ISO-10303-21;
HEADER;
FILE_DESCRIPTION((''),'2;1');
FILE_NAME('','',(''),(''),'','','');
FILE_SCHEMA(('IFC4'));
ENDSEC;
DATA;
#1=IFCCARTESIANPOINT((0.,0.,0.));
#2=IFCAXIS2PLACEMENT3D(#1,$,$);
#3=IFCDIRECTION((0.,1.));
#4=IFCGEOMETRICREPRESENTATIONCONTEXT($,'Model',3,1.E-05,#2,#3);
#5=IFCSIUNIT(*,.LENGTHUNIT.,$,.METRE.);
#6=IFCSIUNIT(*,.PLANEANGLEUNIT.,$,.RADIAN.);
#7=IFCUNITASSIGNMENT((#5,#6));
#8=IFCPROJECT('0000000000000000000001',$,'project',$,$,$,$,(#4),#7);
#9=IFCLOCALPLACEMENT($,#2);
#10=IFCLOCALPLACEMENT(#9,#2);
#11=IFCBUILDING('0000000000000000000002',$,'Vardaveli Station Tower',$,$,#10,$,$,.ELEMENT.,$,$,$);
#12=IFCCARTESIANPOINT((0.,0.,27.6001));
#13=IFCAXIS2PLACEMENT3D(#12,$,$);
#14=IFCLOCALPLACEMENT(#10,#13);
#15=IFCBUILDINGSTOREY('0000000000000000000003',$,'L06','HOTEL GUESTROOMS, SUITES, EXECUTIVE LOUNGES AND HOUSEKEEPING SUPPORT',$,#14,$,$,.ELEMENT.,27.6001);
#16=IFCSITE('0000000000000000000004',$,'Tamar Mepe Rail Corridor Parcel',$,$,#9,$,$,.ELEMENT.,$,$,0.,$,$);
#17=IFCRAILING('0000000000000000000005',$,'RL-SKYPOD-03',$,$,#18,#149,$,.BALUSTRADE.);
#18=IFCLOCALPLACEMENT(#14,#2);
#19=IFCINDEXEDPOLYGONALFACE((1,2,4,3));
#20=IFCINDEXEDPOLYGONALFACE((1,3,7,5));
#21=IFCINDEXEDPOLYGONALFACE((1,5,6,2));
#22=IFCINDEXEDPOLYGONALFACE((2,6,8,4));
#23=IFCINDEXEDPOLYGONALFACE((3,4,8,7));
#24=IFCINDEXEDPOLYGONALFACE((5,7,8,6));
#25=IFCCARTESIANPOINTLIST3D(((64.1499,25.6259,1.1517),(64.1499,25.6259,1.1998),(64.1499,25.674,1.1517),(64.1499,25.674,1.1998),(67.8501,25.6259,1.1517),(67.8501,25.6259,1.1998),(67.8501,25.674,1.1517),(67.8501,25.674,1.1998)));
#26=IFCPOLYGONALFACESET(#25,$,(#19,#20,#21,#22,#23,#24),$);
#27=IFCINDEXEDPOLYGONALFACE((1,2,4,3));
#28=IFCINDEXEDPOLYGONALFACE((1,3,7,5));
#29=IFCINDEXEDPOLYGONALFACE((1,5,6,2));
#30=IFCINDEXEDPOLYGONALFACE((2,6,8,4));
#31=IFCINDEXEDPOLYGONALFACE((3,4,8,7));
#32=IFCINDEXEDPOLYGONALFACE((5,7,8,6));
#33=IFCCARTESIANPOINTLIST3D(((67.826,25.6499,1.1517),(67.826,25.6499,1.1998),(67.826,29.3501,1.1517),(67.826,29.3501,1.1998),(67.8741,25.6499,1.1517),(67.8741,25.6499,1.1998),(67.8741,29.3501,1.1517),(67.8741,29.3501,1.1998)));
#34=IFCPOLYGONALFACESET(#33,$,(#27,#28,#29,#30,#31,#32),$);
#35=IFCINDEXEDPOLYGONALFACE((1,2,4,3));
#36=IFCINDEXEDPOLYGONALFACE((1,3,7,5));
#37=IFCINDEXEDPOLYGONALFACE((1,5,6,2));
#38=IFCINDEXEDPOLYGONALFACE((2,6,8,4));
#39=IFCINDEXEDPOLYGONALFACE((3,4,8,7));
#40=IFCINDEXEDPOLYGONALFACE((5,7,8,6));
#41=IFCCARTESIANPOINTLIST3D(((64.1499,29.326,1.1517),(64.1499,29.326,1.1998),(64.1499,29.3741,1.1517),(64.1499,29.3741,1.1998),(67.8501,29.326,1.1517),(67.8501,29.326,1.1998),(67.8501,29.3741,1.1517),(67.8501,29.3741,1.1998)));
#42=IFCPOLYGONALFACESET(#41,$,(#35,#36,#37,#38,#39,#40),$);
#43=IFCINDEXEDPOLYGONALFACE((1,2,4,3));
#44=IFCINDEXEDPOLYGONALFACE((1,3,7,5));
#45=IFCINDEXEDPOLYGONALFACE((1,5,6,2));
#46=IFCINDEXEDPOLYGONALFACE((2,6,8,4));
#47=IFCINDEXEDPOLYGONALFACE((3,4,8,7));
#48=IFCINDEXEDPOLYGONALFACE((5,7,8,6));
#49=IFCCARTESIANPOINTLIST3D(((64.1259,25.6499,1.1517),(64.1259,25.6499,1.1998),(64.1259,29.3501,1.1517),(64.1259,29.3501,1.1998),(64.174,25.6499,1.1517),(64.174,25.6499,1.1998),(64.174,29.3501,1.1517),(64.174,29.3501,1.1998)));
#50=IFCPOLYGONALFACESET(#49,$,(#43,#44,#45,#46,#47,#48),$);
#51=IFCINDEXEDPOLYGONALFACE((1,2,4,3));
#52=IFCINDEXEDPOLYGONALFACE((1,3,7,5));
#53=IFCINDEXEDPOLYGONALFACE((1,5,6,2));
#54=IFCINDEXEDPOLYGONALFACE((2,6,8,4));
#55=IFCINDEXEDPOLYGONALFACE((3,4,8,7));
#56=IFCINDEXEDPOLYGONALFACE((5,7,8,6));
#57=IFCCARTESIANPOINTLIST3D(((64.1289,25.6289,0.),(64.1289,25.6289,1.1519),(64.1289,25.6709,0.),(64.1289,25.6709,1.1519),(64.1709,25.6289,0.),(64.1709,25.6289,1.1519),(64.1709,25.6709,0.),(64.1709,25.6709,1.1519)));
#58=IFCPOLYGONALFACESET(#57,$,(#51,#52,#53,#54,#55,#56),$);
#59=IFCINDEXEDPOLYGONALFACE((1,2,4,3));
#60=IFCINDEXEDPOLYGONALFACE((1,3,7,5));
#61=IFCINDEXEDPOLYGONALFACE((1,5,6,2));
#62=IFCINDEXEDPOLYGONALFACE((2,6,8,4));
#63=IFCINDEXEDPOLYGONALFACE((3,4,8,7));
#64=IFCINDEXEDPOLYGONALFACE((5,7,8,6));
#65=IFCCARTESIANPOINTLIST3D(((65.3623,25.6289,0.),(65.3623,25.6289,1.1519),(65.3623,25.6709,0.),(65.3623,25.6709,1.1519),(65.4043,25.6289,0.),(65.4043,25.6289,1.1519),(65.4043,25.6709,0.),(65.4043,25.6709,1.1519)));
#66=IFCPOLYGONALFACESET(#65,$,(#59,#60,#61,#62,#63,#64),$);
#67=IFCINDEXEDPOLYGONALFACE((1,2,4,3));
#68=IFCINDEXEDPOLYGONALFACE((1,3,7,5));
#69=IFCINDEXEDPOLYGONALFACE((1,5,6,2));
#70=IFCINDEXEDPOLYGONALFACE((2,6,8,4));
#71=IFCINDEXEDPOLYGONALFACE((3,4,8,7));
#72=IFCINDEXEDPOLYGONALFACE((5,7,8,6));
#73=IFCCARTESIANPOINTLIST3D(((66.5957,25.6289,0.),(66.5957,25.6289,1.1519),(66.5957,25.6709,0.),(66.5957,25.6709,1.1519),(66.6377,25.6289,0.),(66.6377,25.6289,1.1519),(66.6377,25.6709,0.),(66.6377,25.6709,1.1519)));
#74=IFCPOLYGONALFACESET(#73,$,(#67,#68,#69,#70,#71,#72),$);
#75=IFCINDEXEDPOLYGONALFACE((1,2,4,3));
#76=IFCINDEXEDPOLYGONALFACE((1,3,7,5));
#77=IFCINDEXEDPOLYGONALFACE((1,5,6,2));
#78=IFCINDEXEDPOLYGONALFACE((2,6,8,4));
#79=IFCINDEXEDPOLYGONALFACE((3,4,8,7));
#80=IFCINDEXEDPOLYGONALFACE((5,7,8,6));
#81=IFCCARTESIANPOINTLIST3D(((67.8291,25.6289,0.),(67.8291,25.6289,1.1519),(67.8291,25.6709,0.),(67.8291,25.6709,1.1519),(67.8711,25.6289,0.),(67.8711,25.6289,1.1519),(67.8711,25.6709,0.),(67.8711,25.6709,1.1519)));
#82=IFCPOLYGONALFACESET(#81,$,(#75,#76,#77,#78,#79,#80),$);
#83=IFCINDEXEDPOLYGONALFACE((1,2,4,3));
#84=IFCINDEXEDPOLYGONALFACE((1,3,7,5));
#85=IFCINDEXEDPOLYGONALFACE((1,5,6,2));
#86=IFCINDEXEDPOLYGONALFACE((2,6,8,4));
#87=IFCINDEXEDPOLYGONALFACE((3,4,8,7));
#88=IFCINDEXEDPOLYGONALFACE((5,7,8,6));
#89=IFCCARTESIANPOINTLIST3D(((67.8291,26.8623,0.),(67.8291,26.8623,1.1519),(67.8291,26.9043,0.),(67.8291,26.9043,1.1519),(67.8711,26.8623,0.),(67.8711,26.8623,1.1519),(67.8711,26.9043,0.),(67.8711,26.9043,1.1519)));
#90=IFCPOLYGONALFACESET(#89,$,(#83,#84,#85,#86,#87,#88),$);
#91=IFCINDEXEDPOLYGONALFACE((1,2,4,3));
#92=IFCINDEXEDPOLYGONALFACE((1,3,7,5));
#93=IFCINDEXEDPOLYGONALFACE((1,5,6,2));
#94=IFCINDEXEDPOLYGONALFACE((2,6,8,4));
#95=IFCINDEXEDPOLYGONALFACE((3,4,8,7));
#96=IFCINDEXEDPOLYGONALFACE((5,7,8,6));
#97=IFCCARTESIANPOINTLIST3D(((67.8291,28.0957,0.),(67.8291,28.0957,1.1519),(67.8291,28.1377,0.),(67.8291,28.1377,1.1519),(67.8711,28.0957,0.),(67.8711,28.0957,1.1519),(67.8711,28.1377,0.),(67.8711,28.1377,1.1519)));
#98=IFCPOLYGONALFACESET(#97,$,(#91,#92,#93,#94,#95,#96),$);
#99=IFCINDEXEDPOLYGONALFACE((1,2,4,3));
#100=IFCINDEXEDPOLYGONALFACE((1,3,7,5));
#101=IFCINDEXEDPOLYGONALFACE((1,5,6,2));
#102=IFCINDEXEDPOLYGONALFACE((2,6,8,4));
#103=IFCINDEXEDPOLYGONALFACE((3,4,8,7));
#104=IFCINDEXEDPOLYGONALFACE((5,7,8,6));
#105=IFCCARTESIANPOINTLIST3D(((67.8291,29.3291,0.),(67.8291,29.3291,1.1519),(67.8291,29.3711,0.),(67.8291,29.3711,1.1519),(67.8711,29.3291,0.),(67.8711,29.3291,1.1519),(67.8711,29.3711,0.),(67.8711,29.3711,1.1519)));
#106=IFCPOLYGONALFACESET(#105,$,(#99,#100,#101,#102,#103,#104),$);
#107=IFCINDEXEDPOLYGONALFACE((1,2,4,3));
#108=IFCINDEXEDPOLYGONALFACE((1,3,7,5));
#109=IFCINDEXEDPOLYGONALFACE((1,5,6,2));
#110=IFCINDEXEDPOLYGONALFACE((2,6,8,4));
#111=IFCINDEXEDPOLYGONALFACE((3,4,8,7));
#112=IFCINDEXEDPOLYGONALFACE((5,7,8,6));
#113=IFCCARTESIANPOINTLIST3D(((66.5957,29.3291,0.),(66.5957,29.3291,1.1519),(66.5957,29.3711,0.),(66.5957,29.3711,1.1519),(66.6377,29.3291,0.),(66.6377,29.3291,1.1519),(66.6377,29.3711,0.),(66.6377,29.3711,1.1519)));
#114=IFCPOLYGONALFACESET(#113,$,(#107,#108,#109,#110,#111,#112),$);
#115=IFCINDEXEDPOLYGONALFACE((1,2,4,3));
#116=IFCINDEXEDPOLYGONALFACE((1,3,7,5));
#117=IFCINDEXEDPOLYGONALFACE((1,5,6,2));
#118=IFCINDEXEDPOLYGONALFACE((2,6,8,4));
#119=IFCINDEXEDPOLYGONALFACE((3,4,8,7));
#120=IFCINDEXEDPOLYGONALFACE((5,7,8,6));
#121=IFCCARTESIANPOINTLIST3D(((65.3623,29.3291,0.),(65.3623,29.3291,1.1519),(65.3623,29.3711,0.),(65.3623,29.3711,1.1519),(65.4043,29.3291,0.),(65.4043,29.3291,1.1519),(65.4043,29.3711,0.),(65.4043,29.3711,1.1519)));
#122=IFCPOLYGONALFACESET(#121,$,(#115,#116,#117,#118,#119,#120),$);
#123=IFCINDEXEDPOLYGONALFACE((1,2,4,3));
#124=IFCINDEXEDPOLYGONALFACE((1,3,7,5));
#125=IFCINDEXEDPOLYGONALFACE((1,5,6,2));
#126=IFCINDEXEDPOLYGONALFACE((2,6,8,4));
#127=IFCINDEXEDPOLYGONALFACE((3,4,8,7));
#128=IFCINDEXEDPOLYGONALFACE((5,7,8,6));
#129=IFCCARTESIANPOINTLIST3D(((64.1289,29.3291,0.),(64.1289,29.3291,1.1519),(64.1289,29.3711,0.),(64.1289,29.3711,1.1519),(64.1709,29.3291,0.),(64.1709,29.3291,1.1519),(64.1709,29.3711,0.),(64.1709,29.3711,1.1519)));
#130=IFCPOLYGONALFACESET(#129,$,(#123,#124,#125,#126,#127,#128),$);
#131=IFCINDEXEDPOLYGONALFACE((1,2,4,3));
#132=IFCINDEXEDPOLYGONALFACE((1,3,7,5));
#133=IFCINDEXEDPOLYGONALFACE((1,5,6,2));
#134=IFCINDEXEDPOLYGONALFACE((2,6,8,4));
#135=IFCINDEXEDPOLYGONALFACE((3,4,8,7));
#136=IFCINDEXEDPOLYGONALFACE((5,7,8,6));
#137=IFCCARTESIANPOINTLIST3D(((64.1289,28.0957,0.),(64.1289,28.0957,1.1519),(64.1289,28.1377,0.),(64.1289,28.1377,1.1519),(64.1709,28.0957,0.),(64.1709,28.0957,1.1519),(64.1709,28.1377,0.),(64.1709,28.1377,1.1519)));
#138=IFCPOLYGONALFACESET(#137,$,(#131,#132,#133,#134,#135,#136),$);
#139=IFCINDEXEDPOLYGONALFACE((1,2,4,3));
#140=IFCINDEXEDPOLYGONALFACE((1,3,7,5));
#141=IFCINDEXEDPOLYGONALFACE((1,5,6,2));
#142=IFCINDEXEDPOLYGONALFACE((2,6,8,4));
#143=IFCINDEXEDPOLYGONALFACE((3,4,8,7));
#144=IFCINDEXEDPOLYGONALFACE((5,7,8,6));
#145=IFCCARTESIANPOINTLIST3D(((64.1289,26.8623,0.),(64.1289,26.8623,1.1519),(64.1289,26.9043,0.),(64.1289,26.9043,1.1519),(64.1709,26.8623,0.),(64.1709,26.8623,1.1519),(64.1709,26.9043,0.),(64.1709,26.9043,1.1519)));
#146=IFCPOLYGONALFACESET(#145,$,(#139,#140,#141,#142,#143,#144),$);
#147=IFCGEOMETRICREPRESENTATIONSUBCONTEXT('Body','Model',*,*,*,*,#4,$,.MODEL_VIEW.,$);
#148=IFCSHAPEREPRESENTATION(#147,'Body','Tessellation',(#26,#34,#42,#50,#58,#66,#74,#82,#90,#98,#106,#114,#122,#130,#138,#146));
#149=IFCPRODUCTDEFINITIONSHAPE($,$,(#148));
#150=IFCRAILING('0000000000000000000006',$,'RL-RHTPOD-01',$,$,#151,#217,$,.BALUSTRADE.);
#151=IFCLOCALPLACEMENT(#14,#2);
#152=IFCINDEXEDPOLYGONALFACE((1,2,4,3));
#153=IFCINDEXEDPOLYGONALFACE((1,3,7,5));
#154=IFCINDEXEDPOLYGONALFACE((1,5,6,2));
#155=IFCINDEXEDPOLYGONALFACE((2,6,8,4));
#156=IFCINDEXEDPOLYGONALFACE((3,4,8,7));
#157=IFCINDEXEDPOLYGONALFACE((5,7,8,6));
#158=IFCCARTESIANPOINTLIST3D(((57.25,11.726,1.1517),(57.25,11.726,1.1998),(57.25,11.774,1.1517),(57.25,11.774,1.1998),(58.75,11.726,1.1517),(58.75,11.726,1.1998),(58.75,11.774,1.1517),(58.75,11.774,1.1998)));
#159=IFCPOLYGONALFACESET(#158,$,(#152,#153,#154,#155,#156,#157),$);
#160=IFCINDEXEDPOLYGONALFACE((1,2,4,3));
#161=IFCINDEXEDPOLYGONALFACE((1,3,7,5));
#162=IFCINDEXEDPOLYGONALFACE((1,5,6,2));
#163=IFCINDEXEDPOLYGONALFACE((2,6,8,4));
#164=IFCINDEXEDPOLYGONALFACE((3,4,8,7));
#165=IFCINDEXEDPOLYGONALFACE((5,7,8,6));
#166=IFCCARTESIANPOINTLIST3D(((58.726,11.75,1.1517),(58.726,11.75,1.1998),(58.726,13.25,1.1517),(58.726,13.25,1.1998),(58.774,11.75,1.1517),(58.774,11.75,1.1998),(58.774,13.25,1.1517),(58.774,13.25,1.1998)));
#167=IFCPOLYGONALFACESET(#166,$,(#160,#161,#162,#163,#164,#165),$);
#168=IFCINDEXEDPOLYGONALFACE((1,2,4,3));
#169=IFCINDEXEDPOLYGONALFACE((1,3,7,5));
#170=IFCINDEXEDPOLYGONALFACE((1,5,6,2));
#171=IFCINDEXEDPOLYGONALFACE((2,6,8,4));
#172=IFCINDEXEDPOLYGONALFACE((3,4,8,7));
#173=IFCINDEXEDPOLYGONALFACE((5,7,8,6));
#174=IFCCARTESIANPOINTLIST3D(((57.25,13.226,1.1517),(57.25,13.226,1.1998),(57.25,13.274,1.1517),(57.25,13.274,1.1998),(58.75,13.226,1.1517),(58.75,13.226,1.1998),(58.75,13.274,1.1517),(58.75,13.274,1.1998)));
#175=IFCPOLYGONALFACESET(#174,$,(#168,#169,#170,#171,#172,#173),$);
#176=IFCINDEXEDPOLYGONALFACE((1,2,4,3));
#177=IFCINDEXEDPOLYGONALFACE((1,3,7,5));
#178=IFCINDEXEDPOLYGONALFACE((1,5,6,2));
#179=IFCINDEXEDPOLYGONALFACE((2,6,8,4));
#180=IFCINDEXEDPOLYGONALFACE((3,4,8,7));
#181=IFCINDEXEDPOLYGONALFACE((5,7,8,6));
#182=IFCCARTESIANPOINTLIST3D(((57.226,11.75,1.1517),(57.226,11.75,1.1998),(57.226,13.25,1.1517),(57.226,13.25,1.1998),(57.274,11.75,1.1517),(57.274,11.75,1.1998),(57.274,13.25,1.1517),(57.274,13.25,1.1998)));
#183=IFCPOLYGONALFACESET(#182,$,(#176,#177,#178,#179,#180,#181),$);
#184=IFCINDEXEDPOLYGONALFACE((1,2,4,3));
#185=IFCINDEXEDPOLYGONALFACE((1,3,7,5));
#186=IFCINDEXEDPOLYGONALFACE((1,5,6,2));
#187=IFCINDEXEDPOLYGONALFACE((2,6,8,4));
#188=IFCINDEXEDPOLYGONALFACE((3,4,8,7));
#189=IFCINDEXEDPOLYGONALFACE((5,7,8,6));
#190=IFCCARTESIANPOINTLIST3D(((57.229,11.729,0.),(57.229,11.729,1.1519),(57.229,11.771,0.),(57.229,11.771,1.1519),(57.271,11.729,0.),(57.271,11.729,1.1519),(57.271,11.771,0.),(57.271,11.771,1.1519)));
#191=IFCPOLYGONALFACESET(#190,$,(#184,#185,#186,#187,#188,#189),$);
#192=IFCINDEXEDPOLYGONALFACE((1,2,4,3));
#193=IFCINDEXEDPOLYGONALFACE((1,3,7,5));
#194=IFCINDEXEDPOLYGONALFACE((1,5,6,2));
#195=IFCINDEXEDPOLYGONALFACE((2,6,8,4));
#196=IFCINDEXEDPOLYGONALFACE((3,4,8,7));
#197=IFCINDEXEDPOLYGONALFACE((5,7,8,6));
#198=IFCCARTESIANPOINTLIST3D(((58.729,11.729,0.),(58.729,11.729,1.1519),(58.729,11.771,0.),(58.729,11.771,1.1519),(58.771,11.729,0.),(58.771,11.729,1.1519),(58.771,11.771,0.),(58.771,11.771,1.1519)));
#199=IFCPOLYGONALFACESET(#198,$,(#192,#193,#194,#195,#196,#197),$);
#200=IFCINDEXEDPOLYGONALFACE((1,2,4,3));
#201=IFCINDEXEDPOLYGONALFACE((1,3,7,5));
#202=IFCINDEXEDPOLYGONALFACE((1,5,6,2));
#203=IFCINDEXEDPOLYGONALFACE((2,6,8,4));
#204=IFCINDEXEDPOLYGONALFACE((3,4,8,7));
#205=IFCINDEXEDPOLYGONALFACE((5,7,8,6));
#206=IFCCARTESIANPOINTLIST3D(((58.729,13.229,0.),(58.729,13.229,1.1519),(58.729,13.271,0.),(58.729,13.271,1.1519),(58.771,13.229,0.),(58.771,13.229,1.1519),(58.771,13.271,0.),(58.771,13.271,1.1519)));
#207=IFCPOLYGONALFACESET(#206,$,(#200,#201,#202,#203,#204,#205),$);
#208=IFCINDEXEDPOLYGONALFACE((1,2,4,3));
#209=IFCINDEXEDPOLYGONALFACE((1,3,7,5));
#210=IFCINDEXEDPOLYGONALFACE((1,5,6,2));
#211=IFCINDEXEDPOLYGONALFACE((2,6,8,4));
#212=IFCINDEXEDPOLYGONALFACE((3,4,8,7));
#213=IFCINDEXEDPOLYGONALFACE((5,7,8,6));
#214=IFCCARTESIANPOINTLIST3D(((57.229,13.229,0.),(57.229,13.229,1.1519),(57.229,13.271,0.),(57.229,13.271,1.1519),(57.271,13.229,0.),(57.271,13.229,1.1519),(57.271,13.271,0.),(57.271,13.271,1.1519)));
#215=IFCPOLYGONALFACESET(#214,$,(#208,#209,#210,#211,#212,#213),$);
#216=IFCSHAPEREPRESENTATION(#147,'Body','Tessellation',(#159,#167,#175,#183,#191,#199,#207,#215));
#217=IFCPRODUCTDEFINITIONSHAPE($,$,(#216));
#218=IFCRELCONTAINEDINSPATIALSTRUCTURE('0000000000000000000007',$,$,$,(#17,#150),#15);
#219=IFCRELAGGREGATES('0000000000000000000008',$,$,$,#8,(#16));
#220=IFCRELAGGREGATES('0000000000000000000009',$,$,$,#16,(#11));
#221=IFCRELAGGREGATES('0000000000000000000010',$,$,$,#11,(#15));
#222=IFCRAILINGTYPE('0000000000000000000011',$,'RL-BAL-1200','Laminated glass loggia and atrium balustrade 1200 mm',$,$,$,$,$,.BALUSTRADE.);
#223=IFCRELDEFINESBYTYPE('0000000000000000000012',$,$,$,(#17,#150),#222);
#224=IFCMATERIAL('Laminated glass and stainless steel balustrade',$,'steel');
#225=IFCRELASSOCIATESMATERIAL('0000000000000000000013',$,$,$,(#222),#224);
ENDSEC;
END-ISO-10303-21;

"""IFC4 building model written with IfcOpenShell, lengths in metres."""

from ifc_helpers import new_model, si_unit, direction, frame, origin, origin_2d, place, context, subcontext, project, spatial, rectangle, extrude, source, transform, mapped, material, type_object, element, save


model = new_model("IFC4")

# Units and contexts
model_context = context("Model", 3, precision=1e-05, world=origin(), true_north=direction((0.0, 1.0)))
body_context = subcontext(model_context, "Body", "Model", "MODEL_VIEW")
ifc_project = project(units=[si_unit("LENGTHUNIT", "METRE"), si_unit("PLANEANGLEUNIT", "RADIAN")], contexts=[model_context])

# Site, building, storey
site_placement = place(None, origin())
site = spatial("IfcSite", under=ifc_project, at=site_placement, Name="Tamar Mepe Rail Corridor Parcel", CompositionType="ELEMENT", RefElevation=0.0)
building_placement = place(site_placement, origin())
building = spatial("IfcBuilding", under=site, at=building_placement, Name="Vardaveli Station Tower", CompositionType="ELEMENT")
storey_placement = place(building_placement, frame((0.0, 0.0, 27.6001)))
storey = spatial("IfcBuildingStorey", under=building, at=storey_placement, Name="L06", Description="HOTEL GUESTROOMS, SUITES, EXECUTIVE LOUNGES AND HOUSEKEEPING SUPPORT", CompositionType="ELEMENT", Elevation=27.6001)

# Railings
ifc_material_1 = material(Name="Laminated glass and stainless steel balustrade", Category="steel")
railing_type = type_object("IfcRailingType", Name="RL-BAL-1200", Description="Laminated glass loggia and atrium balustrade 1200 mm", PredefinedType="BALUSTRADE", material=ifc_material_1)
shared_shape_1 = source(origin(), body_context, "Body", "SweptSolid", [
    extrude(rectangle(XDim=0.0481, YDim=0.0481, at=origin_2d()), frame((0.0, 0.0, 1.1758), z_axis=(1.0, 0.0, 0.0), x_axis=(0.0, 1.0, 0.0)), (0.0, 0.0, 1.0), 3.7002),
    extrude(rectangle(XDim=0.0481, YDim=0.0481, at=origin_2d()), frame((3.7002, 0.0, 1.1758), z_axis=(0.0, 1.0, 0.0), x_axis=(-1.0, 0.0, 0.0)), (0.0, 0.0, 1.0), 3.7002),
    extrude(rectangle(XDim=0.0481, YDim=0.0481, at=origin_2d()), frame((3.7002, 3.7002, 1.1758), z_axis=(-1.0, 0.0, 0.0), x_axis=(0.0, -1.0, 0.0)), (0.0, 0.0, 1.0), 3.7002),
    extrude(rectangle(XDim=0.0481, YDim=0.0481, at=origin_2d()), frame((0.0, 3.7002, 1.1758), z_axis=(0.0, -1.0, 0.0), x_axis=(1.0, 0.0, 0.0)), (0.0, 0.0, 1.0), 3.7002),
    extrude(rectangle(XDim=0.042, YDim=0.042, at=origin_2d()), origin(), (0.0, 0.0, 1.0), 1.1519),
    extrude(rectangle(XDim=0.042, YDim=0.042, at=origin_2d()), frame((1.2334, 0.0, 0.0)), (0.0, 0.0, 1.0), 1.1519),
    extrude(rectangle(XDim=0.042, YDim=0.042, at=origin_2d()), frame((2.4668, 0.0, 0.0)), (0.0, 0.0, 1.0), 1.1519),
    extrude(rectangle(XDim=0.042, YDim=0.042, at=origin_2d()), frame((3.7002, 0.0, 0.0)), (0.0, 0.0, 1.0), 1.1519),
    extrude(rectangle(XDim=0.042, YDim=0.042, at=origin_2d()), frame((3.7002, 1.2334, 0.0)), (0.0, 0.0, 1.0), 1.1519),
    extrude(rectangle(XDim=0.042, YDim=0.042, at=origin_2d()), frame((3.7002, 2.4668, 0.0)), (0.0, 0.0, 1.0), 1.1519),
    extrude(rectangle(XDim=0.042, YDim=0.042, at=origin_2d()), frame((3.7002, 3.7002, 0.0)), (0.0, 0.0, 1.0), 1.1519),
    extrude(rectangle(XDim=0.042, YDim=0.042, at=origin_2d()), frame((2.4668, 3.7002, 0.0)), (0.0, 0.0, 1.0), 1.1519),
    extrude(rectangle(XDim=0.042, YDim=0.042, at=origin_2d()), frame((1.2334, 3.7002, 0.0)), (0.0, 0.0, 1.0), 1.1519),
    extrude(rectangle(XDim=0.042, YDim=0.042, at=origin_2d()), frame((0.0, 3.7002, 0.0)), (0.0, 0.0, 1.0), 1.1519),
    extrude(rectangle(XDim=0.042, YDim=0.042, at=origin_2d()), frame((0.0, 2.4668, 0.0)), (0.0, 0.0, 1.0), 1.1519),
    extrude(rectangle(XDim=0.042, YDim=0.042, at=origin_2d()), frame((0.0, 1.2334, 0.0)), (0.0, 0.0, 1.0), 1.1519),
])
for number, where, name in (
    (1, (64.1499, 25.6499, 0.0), "RL-SKYPOD-03"),
):
    element("IfcRailing", number, at=place(storey_placement, frame(where)), inside=storey, type_object=railing_type, Name=name, PredefinedType="BALUSTRADE", context=body_context, shape_type="MappedRepresentation", body=[
        mapped(shared_shape_1, transform((0.0, 0.0, 0.0), scale=1.0)),
    ])
shared_shape_2 = source(origin(), body_context, "Body", "SweptSolid", [
    extrude(rectangle(XDim=0.0481, YDim=0.0481, at=origin_2d()), frame((0.0, 0.0, 1.1758), z_axis=(1.0, 0.0, 0.0), x_axis=(0.0, 1.0, 0.0)), (0.0, 0.0, 1.0), 1.5),
    extrude(rectangle(XDim=0.0481, YDim=0.0481, at=origin_2d()), frame((1.5, 0.0, 1.1758), z_axis=(0.0, 1.0, 0.0), x_axis=(-1.0, 0.0, 0.0)), (0.0, 0.0, 1.0), 1.5),
    extrude(rectangle(XDim=0.0481, YDim=0.0481, at=origin_2d()), frame((1.5, 1.5, 1.1758), z_axis=(-1.0, 0.0, 0.0), x_axis=(0.0, -1.0, 0.0)), (0.0, 0.0, 1.0), 1.5),
    extrude(rectangle(XDim=0.0481, YDim=0.0481, at=origin_2d()), frame((0.0, 1.5, 1.1758), z_axis=(0.0, -1.0, 0.0), x_axis=(1.0, 0.0, 0.0)), (0.0, 0.0, 1.0), 1.5),
    extrude(rectangle(XDim=0.042, YDim=0.042, at=origin_2d()), origin(), (0.0, 0.0, 1.0), 1.1519),
    extrude(rectangle(XDim=0.042, YDim=0.042, at=origin_2d()), frame((1.5, 0.0, 0.0)), (0.0, 0.0, 1.0), 1.1519),
    extrude(rectangle(XDim=0.042, YDim=0.042, at=origin_2d()), frame((1.5, 1.5, 0.0)), (0.0, 0.0, 1.0), 1.1519),
    extrude(rectangle(XDim=0.042, YDim=0.042, at=origin_2d()), frame((0.0, 1.5, 0.0)), (0.0, 0.0, 1.0), 1.1519),
])
railing_1_placement = place(storey_placement, frame((57.25, 11.75, 0.0)))
element("IfcRailing", 2, at=railing_1_placement, inside=storey, type_object=railing_type, Name="RL-RHTPOD-01", PredefinedType="BALUSTRADE", context=body_context, shape_type="MappedRepresentation", body=[
    mapped(shared_shape_2, transform((0.0, 0.0, 0.0), scale=1.0)),
])

save(model, "model.ifc")
